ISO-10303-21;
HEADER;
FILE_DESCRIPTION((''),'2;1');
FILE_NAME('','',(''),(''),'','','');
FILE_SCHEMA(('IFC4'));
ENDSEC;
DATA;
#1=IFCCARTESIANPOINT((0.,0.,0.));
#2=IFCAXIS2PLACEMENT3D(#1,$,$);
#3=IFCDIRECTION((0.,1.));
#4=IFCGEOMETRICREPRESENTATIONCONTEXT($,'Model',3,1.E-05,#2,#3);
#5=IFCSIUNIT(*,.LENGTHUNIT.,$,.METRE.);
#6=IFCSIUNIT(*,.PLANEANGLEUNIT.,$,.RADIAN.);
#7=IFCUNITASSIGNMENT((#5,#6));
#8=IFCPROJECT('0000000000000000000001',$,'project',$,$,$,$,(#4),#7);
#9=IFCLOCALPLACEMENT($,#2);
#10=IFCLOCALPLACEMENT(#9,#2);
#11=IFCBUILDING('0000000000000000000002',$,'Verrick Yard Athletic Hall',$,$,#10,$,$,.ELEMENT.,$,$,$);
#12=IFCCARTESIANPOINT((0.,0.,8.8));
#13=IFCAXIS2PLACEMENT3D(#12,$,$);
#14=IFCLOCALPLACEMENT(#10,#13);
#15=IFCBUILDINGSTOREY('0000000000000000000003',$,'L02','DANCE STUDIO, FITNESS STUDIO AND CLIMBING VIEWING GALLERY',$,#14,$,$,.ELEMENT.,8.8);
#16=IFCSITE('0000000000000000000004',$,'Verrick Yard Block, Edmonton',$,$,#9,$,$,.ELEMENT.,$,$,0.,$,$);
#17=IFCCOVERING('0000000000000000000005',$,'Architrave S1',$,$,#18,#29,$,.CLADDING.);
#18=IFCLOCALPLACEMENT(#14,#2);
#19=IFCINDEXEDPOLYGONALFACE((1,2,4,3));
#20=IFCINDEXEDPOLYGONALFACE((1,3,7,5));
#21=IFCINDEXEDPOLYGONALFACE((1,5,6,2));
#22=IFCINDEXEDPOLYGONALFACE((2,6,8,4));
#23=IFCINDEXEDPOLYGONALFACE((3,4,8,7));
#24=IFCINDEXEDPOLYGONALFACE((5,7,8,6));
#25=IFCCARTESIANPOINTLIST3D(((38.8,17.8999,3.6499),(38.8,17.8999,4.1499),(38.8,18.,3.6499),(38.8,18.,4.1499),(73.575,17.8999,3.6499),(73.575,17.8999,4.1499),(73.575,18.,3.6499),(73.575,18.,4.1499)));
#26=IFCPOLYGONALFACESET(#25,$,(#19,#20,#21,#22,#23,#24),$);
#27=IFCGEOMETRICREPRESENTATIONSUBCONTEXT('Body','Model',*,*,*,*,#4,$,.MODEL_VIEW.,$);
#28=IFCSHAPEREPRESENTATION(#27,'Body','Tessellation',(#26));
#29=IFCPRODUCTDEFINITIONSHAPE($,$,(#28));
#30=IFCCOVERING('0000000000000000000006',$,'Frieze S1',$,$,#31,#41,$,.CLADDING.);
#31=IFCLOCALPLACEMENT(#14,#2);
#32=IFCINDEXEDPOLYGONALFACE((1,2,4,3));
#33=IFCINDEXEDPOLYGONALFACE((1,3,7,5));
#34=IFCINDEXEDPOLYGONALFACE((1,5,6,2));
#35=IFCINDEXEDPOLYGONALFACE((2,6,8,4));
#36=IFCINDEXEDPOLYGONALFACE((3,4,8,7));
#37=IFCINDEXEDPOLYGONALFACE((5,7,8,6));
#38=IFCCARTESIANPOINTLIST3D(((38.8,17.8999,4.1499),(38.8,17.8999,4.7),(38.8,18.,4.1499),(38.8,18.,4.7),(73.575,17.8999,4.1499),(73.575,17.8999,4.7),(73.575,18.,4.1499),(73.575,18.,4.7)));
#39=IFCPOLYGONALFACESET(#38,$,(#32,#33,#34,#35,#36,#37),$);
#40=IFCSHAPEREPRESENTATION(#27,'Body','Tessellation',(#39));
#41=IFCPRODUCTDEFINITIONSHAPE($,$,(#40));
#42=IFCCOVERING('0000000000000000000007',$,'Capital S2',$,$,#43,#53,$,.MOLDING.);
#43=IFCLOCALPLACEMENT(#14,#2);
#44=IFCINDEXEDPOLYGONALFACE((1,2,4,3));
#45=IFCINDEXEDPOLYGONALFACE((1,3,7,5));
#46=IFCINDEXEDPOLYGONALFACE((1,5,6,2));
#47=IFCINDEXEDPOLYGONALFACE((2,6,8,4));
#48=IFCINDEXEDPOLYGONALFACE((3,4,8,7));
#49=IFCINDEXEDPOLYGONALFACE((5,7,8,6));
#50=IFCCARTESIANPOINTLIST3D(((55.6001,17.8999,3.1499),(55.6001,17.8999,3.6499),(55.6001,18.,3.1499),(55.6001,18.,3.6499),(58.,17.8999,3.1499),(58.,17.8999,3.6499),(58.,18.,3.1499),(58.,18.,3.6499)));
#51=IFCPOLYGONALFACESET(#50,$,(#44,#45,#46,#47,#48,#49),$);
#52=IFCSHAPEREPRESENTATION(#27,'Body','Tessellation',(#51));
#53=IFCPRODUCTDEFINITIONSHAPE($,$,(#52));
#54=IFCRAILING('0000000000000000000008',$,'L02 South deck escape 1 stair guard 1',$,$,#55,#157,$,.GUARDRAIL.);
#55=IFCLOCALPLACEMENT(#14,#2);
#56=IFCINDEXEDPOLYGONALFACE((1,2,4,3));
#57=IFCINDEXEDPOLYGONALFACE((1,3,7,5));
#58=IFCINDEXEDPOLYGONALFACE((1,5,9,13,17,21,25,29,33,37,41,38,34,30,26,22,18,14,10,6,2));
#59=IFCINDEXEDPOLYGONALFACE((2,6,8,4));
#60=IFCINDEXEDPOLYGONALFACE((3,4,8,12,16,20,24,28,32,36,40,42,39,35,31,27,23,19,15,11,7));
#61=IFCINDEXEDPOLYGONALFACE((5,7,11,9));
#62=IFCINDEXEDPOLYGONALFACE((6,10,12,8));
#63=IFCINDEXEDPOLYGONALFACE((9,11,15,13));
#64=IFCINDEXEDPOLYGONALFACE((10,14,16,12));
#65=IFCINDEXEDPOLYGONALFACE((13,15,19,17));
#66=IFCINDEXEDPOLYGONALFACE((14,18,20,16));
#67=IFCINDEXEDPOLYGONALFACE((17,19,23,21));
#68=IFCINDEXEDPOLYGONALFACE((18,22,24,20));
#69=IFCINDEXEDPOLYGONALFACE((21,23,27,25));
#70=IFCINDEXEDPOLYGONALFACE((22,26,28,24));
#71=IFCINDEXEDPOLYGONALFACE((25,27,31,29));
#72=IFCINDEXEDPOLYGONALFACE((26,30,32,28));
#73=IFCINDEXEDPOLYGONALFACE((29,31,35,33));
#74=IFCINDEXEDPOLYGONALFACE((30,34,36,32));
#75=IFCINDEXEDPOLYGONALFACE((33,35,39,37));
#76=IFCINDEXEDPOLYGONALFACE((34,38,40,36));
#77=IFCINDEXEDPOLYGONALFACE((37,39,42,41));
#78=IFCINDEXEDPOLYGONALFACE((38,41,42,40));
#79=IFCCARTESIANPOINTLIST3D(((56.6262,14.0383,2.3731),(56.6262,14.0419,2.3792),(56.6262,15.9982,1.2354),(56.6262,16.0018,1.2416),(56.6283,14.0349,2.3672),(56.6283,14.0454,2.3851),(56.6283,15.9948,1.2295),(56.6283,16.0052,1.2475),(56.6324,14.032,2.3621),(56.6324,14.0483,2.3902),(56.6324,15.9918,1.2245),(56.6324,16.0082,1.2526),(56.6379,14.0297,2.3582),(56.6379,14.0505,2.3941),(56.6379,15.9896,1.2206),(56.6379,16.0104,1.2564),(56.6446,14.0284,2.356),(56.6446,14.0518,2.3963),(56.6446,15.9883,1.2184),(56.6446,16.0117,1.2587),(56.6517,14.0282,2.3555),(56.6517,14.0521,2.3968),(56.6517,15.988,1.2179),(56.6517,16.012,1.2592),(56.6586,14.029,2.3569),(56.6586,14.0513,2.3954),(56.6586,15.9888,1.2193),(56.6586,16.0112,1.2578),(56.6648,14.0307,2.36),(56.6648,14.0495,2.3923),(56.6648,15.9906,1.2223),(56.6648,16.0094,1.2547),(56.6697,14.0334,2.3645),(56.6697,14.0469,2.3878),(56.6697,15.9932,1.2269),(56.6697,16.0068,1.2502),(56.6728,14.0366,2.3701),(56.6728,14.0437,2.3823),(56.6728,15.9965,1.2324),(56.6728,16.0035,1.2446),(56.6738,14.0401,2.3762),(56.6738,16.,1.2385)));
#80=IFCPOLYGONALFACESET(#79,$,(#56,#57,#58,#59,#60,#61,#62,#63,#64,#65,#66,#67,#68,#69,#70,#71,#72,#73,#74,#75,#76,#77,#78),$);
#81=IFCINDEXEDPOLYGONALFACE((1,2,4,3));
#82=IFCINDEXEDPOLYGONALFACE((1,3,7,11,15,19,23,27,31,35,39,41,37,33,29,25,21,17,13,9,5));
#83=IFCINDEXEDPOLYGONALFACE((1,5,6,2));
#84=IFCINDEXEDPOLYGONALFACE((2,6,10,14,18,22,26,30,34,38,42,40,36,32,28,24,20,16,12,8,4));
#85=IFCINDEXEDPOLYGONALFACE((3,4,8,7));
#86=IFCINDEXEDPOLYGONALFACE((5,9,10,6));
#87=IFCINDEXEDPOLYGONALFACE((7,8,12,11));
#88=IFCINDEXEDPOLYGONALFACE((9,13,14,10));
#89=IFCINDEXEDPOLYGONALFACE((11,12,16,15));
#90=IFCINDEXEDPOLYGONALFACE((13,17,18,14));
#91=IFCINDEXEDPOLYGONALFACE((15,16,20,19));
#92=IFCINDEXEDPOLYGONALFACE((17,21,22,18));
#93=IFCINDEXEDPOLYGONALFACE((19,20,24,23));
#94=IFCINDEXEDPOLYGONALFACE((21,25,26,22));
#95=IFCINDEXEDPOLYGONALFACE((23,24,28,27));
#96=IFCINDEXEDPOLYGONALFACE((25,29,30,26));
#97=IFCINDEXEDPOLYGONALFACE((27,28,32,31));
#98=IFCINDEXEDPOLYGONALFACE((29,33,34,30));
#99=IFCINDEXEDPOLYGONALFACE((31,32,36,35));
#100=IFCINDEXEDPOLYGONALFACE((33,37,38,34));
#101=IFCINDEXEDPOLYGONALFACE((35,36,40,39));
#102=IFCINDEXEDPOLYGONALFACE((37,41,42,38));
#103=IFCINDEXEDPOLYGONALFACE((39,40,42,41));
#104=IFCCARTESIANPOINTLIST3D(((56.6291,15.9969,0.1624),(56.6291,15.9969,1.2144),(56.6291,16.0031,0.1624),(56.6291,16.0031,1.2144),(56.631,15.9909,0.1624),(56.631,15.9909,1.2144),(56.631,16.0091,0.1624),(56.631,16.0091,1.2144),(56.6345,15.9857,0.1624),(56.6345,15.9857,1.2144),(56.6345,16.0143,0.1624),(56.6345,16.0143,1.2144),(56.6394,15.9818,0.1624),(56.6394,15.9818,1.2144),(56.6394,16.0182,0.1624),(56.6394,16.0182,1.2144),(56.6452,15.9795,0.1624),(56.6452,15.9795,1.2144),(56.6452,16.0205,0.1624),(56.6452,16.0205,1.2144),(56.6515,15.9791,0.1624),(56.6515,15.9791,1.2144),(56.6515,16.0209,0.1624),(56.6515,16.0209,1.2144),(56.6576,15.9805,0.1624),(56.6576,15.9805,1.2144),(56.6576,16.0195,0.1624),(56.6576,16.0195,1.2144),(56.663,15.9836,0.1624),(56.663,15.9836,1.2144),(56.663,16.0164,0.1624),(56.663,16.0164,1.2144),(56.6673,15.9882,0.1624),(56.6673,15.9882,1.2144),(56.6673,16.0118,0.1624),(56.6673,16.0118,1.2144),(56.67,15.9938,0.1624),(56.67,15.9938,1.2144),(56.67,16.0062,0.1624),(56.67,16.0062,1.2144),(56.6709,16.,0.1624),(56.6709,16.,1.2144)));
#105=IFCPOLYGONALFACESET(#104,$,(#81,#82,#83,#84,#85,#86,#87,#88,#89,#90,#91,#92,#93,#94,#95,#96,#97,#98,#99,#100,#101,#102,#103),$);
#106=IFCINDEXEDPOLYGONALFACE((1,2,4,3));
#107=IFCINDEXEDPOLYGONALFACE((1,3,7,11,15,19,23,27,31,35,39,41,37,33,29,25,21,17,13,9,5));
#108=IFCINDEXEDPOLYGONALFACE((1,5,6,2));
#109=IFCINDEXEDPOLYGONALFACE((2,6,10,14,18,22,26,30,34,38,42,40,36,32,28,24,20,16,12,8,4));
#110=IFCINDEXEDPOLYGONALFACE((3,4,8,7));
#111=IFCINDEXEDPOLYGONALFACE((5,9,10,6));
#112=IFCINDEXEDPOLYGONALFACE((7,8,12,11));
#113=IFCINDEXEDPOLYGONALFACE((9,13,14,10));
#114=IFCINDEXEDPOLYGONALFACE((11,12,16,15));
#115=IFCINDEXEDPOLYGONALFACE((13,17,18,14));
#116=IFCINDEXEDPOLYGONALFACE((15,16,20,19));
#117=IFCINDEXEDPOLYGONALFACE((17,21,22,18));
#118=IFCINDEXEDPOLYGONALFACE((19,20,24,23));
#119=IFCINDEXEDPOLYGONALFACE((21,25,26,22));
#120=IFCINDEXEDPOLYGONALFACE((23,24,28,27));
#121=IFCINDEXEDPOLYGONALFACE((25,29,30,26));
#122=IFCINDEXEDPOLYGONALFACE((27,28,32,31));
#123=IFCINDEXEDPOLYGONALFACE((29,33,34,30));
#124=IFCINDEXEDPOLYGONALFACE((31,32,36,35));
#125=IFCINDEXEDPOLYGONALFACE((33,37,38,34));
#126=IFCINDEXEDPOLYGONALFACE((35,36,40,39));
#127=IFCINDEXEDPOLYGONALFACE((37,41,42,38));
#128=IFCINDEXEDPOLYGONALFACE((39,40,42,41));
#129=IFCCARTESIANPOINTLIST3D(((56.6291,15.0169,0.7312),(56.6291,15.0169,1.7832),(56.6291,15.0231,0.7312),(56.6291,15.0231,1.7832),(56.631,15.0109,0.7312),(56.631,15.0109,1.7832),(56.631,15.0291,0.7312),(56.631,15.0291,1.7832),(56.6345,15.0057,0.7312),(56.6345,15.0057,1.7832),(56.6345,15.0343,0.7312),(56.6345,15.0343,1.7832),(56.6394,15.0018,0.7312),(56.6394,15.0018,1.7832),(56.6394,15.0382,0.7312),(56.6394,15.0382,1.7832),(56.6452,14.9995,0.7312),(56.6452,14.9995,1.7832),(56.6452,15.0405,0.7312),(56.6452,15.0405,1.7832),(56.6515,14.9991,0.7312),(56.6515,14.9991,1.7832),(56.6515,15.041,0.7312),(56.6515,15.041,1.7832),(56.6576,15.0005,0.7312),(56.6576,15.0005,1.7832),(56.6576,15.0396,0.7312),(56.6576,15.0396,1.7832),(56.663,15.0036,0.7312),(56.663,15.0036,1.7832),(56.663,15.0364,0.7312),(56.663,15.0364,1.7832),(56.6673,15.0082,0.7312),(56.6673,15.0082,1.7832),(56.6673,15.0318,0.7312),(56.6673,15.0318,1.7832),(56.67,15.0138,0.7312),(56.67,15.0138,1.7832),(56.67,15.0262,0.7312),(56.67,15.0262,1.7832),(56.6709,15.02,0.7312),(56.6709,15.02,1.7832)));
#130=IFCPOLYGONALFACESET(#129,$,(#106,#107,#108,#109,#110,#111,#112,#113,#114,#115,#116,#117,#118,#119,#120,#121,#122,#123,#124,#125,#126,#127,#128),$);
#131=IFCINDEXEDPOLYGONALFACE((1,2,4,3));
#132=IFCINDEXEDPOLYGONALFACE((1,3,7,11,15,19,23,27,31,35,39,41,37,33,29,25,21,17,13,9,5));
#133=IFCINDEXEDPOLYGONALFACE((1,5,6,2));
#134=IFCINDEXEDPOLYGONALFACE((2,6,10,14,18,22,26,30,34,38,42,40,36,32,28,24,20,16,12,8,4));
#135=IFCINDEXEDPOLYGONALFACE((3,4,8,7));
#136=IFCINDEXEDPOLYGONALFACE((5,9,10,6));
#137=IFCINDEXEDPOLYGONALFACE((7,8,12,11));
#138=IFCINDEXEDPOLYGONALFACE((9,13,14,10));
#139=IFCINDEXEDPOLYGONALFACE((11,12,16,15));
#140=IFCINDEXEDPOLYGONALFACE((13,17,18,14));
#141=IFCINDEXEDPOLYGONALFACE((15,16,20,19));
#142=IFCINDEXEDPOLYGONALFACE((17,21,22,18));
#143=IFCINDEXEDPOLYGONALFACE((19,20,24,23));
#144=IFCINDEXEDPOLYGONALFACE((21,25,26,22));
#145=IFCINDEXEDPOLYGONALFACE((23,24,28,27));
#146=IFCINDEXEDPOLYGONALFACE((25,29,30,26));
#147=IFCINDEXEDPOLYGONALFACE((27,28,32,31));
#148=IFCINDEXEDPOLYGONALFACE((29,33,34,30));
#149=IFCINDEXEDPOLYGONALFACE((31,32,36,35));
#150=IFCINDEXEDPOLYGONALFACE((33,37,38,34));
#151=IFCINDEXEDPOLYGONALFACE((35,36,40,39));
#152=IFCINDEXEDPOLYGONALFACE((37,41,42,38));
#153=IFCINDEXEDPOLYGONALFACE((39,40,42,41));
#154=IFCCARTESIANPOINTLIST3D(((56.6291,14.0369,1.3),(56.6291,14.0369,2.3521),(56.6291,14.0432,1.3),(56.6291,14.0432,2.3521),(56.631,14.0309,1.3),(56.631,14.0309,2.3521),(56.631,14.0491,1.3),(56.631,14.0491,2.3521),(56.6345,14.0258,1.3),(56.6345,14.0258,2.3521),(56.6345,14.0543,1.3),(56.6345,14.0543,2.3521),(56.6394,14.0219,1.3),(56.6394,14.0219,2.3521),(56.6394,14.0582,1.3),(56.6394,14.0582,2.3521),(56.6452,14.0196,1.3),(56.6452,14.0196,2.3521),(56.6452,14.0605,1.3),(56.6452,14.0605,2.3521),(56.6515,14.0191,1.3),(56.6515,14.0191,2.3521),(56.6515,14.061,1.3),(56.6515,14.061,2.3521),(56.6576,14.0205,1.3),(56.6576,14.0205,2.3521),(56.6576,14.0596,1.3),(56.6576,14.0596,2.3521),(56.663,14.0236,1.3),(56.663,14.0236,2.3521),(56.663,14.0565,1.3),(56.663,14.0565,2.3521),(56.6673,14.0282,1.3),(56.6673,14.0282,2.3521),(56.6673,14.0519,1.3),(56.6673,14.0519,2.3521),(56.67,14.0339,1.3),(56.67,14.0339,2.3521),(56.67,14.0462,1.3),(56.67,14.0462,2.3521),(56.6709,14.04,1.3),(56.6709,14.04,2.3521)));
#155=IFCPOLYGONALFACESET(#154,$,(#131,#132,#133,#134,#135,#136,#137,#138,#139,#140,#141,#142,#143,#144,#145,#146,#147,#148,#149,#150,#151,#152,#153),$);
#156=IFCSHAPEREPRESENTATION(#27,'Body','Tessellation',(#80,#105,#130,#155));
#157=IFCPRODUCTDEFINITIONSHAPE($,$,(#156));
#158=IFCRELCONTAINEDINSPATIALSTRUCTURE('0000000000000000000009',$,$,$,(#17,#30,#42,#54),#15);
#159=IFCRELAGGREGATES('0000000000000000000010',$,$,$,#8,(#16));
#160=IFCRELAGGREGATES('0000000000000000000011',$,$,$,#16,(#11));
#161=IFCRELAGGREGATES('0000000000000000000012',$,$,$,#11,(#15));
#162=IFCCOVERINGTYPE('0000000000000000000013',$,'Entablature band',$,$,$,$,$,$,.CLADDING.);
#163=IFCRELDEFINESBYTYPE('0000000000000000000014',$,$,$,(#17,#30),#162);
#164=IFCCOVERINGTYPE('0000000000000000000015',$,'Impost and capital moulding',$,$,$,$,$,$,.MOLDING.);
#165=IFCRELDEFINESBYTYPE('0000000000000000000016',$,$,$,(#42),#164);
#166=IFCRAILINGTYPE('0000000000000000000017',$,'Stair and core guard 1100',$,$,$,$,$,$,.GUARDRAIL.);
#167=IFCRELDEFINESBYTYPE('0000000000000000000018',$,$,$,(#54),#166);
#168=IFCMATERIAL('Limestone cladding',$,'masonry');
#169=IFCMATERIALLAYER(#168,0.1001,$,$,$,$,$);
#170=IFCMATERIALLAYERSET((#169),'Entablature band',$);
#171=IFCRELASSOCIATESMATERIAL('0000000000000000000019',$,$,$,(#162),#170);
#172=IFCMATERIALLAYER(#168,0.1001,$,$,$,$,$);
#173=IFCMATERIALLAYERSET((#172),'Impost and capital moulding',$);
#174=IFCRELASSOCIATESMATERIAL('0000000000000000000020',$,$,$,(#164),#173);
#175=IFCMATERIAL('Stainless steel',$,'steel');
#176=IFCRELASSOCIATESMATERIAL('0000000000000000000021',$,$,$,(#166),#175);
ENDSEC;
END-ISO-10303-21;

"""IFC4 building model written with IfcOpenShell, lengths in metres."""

from ifc_helpers import new_model, si_unit, direction, frame, origin, origin_2d, place, context, subcontext, project, spatial, rectangle, circle, extrude, material, layer, layer_set, type_object, element, save


model = new_model("IFC4")

# Units and contexts
model_context = context("Model", 3, precision=1e-05, world=origin(), true_north=direction((0.0, 1.0)))
body_context = subcontext(model_context, "Body", "Model", "MODEL_VIEW")
ifc_project = project(units=[si_unit("LENGTHUNIT", "METRE"), si_unit("PLANEANGLEUNIT", "RADIAN")], contexts=[model_context])

# Site, building, storey
site_placement = place(None, origin())
site = spatial("IfcSite", under=ifc_project, at=site_placement, Name="Verrick Yard Block, Edmonton", CompositionType="ELEMENT", RefElevation=0.0)
building_placement = place(site_placement, origin())
building = spatial("IfcBuilding", under=site, at=building_placement, Name="Verrick Yard Athletic Hall", CompositionType="ELEMENT")
storey_placement = place(building_placement, frame((0.0, 0.0, 8.8)))
storey = spatial("IfcBuildingStorey", under=building, at=storey_placement, Name="L02", Description="DANCE STUDIO, FITNESS STUDIO AND CLIMBING VIEWING GALLERY", CompositionType="ELEMENT", Elevation=8.8)

# Coverings
ifc_material_1 = material(Name="Limestone cladding", Category="masonry")
ifc_layer_1 = layer(ifc_material_1, 0.1001)
ifc_layer_set_1 = layer_set([ifc_layer_1], Name="Entablature band")
covering_type_1 = type_object("IfcCoveringType", Name="Entablature band", PredefinedType="CLADDING", material=ifc_layer_set_1)
covering_1_placement = place(storey_placement, frame((56.1875, 17.95, 3.6499), z_axis=(0.0, 0.0, 1.0), x_axis=(1.0, 0.0, 0.0)))
element("IfcCovering", 1, at=covering_1_placement, inside=storey, type_object=covering_type_1, Name="Architrave S1", PredefinedType="CLADDING", context=body_context, shape_type="SweptSolid", body=[
    extrude(rectangle(XDim=34.7749, YDim=0.1001, at=origin_2d()), origin(), (0.0, 0.0, 1.0), 0.5),
])
covering_2_placement = place(storey_placement, frame((56.1875, 17.95, 4.1499), z_axis=(0.0, 0.0, 1.0), x_axis=(1.0, 0.0, 0.0)))
element("IfcCovering", 2, at=covering_2_placement, inside=storey, type_object=covering_type_1, Name="Frieze S1", PredefinedType="CLADDING", context=body_context, shape_type="SweptSolid", body=[
    extrude(rectangle(XDim=34.7749, YDim=0.1001, at=origin_2d()), origin(), (0.0, 0.0, 1.0), 0.55),
])
ifc_layer_2 = layer(ifc_material_1, 0.1001)
ifc_layer_set_2 = layer_set([ifc_layer_2], Name="Impost and capital moulding")
covering_type_2 = type_object("IfcCoveringType", Name="Impost and capital moulding", PredefinedType="MOLDING", material=ifc_layer_set_2)
covering_3_placement = place(storey_placement, frame((56.8, 17.95, 3.1499), z_axis=(0.0, 0.0, 1.0), x_axis=(1.0, 0.0, 0.0)))
element("IfcCovering", 3, at=covering_3_placement, inside=storey, type_object=covering_type_2, Name="Capital S2", PredefinedType="MOLDING", context=body_context, shape_type="SweptSolid", body=[
    extrude(rectangle(XDim=2.3999, YDim=0.1001, at=origin_2d()), origin(), (0.0, 0.0, 1.0), 0.5),
])

# Railing
ifc_material_2 = material(Name="Stainless steel", Category="steel")
railing_type_1 = type_object("IfcRailingType", Name="Stair and core guard 1100", PredefinedType="GUARDRAIL", material=ifc_material_2)
railing_1_placement = place(storey_placement, frame((56.6499, 16.0, 0.1624)))
element("IfcRailing", 4, at=railing_1_placement, inside=storey, type_object=railing_type_1, Name="L02 South deck escape 1 stair guard 1", PredefinedType="GUARDRAIL", context=body_context, shape_type="SweptSolid", body=[
    extrude(circle(Radius=0.0239, at=origin_2d()), frame((0.0, 0.0, 1.0762), z_axis=(0.0, -0.864855, 0.502021), x_axis=(1.0, 0.0, 0.0)), (0.0, 0.0, 1.0), 2.2661),
    extrude(circle(Radius=0.021, at=origin_2d()), origin(), (0.0, 0.0, 1.0), 1.052),
    extrude(circle(Radius=0.021, at=origin_2d()), frame((0.0, -0.98, 0.5688)), (0.0, 0.0, 1.0), 1.052),
    extrude(circle(Radius=0.021, at=origin_2d()), frame((0.0, -1.96, 1.1377)), (0.0, 0.0, 1.0), 1.052),
])

save(model, "model.ifc")
